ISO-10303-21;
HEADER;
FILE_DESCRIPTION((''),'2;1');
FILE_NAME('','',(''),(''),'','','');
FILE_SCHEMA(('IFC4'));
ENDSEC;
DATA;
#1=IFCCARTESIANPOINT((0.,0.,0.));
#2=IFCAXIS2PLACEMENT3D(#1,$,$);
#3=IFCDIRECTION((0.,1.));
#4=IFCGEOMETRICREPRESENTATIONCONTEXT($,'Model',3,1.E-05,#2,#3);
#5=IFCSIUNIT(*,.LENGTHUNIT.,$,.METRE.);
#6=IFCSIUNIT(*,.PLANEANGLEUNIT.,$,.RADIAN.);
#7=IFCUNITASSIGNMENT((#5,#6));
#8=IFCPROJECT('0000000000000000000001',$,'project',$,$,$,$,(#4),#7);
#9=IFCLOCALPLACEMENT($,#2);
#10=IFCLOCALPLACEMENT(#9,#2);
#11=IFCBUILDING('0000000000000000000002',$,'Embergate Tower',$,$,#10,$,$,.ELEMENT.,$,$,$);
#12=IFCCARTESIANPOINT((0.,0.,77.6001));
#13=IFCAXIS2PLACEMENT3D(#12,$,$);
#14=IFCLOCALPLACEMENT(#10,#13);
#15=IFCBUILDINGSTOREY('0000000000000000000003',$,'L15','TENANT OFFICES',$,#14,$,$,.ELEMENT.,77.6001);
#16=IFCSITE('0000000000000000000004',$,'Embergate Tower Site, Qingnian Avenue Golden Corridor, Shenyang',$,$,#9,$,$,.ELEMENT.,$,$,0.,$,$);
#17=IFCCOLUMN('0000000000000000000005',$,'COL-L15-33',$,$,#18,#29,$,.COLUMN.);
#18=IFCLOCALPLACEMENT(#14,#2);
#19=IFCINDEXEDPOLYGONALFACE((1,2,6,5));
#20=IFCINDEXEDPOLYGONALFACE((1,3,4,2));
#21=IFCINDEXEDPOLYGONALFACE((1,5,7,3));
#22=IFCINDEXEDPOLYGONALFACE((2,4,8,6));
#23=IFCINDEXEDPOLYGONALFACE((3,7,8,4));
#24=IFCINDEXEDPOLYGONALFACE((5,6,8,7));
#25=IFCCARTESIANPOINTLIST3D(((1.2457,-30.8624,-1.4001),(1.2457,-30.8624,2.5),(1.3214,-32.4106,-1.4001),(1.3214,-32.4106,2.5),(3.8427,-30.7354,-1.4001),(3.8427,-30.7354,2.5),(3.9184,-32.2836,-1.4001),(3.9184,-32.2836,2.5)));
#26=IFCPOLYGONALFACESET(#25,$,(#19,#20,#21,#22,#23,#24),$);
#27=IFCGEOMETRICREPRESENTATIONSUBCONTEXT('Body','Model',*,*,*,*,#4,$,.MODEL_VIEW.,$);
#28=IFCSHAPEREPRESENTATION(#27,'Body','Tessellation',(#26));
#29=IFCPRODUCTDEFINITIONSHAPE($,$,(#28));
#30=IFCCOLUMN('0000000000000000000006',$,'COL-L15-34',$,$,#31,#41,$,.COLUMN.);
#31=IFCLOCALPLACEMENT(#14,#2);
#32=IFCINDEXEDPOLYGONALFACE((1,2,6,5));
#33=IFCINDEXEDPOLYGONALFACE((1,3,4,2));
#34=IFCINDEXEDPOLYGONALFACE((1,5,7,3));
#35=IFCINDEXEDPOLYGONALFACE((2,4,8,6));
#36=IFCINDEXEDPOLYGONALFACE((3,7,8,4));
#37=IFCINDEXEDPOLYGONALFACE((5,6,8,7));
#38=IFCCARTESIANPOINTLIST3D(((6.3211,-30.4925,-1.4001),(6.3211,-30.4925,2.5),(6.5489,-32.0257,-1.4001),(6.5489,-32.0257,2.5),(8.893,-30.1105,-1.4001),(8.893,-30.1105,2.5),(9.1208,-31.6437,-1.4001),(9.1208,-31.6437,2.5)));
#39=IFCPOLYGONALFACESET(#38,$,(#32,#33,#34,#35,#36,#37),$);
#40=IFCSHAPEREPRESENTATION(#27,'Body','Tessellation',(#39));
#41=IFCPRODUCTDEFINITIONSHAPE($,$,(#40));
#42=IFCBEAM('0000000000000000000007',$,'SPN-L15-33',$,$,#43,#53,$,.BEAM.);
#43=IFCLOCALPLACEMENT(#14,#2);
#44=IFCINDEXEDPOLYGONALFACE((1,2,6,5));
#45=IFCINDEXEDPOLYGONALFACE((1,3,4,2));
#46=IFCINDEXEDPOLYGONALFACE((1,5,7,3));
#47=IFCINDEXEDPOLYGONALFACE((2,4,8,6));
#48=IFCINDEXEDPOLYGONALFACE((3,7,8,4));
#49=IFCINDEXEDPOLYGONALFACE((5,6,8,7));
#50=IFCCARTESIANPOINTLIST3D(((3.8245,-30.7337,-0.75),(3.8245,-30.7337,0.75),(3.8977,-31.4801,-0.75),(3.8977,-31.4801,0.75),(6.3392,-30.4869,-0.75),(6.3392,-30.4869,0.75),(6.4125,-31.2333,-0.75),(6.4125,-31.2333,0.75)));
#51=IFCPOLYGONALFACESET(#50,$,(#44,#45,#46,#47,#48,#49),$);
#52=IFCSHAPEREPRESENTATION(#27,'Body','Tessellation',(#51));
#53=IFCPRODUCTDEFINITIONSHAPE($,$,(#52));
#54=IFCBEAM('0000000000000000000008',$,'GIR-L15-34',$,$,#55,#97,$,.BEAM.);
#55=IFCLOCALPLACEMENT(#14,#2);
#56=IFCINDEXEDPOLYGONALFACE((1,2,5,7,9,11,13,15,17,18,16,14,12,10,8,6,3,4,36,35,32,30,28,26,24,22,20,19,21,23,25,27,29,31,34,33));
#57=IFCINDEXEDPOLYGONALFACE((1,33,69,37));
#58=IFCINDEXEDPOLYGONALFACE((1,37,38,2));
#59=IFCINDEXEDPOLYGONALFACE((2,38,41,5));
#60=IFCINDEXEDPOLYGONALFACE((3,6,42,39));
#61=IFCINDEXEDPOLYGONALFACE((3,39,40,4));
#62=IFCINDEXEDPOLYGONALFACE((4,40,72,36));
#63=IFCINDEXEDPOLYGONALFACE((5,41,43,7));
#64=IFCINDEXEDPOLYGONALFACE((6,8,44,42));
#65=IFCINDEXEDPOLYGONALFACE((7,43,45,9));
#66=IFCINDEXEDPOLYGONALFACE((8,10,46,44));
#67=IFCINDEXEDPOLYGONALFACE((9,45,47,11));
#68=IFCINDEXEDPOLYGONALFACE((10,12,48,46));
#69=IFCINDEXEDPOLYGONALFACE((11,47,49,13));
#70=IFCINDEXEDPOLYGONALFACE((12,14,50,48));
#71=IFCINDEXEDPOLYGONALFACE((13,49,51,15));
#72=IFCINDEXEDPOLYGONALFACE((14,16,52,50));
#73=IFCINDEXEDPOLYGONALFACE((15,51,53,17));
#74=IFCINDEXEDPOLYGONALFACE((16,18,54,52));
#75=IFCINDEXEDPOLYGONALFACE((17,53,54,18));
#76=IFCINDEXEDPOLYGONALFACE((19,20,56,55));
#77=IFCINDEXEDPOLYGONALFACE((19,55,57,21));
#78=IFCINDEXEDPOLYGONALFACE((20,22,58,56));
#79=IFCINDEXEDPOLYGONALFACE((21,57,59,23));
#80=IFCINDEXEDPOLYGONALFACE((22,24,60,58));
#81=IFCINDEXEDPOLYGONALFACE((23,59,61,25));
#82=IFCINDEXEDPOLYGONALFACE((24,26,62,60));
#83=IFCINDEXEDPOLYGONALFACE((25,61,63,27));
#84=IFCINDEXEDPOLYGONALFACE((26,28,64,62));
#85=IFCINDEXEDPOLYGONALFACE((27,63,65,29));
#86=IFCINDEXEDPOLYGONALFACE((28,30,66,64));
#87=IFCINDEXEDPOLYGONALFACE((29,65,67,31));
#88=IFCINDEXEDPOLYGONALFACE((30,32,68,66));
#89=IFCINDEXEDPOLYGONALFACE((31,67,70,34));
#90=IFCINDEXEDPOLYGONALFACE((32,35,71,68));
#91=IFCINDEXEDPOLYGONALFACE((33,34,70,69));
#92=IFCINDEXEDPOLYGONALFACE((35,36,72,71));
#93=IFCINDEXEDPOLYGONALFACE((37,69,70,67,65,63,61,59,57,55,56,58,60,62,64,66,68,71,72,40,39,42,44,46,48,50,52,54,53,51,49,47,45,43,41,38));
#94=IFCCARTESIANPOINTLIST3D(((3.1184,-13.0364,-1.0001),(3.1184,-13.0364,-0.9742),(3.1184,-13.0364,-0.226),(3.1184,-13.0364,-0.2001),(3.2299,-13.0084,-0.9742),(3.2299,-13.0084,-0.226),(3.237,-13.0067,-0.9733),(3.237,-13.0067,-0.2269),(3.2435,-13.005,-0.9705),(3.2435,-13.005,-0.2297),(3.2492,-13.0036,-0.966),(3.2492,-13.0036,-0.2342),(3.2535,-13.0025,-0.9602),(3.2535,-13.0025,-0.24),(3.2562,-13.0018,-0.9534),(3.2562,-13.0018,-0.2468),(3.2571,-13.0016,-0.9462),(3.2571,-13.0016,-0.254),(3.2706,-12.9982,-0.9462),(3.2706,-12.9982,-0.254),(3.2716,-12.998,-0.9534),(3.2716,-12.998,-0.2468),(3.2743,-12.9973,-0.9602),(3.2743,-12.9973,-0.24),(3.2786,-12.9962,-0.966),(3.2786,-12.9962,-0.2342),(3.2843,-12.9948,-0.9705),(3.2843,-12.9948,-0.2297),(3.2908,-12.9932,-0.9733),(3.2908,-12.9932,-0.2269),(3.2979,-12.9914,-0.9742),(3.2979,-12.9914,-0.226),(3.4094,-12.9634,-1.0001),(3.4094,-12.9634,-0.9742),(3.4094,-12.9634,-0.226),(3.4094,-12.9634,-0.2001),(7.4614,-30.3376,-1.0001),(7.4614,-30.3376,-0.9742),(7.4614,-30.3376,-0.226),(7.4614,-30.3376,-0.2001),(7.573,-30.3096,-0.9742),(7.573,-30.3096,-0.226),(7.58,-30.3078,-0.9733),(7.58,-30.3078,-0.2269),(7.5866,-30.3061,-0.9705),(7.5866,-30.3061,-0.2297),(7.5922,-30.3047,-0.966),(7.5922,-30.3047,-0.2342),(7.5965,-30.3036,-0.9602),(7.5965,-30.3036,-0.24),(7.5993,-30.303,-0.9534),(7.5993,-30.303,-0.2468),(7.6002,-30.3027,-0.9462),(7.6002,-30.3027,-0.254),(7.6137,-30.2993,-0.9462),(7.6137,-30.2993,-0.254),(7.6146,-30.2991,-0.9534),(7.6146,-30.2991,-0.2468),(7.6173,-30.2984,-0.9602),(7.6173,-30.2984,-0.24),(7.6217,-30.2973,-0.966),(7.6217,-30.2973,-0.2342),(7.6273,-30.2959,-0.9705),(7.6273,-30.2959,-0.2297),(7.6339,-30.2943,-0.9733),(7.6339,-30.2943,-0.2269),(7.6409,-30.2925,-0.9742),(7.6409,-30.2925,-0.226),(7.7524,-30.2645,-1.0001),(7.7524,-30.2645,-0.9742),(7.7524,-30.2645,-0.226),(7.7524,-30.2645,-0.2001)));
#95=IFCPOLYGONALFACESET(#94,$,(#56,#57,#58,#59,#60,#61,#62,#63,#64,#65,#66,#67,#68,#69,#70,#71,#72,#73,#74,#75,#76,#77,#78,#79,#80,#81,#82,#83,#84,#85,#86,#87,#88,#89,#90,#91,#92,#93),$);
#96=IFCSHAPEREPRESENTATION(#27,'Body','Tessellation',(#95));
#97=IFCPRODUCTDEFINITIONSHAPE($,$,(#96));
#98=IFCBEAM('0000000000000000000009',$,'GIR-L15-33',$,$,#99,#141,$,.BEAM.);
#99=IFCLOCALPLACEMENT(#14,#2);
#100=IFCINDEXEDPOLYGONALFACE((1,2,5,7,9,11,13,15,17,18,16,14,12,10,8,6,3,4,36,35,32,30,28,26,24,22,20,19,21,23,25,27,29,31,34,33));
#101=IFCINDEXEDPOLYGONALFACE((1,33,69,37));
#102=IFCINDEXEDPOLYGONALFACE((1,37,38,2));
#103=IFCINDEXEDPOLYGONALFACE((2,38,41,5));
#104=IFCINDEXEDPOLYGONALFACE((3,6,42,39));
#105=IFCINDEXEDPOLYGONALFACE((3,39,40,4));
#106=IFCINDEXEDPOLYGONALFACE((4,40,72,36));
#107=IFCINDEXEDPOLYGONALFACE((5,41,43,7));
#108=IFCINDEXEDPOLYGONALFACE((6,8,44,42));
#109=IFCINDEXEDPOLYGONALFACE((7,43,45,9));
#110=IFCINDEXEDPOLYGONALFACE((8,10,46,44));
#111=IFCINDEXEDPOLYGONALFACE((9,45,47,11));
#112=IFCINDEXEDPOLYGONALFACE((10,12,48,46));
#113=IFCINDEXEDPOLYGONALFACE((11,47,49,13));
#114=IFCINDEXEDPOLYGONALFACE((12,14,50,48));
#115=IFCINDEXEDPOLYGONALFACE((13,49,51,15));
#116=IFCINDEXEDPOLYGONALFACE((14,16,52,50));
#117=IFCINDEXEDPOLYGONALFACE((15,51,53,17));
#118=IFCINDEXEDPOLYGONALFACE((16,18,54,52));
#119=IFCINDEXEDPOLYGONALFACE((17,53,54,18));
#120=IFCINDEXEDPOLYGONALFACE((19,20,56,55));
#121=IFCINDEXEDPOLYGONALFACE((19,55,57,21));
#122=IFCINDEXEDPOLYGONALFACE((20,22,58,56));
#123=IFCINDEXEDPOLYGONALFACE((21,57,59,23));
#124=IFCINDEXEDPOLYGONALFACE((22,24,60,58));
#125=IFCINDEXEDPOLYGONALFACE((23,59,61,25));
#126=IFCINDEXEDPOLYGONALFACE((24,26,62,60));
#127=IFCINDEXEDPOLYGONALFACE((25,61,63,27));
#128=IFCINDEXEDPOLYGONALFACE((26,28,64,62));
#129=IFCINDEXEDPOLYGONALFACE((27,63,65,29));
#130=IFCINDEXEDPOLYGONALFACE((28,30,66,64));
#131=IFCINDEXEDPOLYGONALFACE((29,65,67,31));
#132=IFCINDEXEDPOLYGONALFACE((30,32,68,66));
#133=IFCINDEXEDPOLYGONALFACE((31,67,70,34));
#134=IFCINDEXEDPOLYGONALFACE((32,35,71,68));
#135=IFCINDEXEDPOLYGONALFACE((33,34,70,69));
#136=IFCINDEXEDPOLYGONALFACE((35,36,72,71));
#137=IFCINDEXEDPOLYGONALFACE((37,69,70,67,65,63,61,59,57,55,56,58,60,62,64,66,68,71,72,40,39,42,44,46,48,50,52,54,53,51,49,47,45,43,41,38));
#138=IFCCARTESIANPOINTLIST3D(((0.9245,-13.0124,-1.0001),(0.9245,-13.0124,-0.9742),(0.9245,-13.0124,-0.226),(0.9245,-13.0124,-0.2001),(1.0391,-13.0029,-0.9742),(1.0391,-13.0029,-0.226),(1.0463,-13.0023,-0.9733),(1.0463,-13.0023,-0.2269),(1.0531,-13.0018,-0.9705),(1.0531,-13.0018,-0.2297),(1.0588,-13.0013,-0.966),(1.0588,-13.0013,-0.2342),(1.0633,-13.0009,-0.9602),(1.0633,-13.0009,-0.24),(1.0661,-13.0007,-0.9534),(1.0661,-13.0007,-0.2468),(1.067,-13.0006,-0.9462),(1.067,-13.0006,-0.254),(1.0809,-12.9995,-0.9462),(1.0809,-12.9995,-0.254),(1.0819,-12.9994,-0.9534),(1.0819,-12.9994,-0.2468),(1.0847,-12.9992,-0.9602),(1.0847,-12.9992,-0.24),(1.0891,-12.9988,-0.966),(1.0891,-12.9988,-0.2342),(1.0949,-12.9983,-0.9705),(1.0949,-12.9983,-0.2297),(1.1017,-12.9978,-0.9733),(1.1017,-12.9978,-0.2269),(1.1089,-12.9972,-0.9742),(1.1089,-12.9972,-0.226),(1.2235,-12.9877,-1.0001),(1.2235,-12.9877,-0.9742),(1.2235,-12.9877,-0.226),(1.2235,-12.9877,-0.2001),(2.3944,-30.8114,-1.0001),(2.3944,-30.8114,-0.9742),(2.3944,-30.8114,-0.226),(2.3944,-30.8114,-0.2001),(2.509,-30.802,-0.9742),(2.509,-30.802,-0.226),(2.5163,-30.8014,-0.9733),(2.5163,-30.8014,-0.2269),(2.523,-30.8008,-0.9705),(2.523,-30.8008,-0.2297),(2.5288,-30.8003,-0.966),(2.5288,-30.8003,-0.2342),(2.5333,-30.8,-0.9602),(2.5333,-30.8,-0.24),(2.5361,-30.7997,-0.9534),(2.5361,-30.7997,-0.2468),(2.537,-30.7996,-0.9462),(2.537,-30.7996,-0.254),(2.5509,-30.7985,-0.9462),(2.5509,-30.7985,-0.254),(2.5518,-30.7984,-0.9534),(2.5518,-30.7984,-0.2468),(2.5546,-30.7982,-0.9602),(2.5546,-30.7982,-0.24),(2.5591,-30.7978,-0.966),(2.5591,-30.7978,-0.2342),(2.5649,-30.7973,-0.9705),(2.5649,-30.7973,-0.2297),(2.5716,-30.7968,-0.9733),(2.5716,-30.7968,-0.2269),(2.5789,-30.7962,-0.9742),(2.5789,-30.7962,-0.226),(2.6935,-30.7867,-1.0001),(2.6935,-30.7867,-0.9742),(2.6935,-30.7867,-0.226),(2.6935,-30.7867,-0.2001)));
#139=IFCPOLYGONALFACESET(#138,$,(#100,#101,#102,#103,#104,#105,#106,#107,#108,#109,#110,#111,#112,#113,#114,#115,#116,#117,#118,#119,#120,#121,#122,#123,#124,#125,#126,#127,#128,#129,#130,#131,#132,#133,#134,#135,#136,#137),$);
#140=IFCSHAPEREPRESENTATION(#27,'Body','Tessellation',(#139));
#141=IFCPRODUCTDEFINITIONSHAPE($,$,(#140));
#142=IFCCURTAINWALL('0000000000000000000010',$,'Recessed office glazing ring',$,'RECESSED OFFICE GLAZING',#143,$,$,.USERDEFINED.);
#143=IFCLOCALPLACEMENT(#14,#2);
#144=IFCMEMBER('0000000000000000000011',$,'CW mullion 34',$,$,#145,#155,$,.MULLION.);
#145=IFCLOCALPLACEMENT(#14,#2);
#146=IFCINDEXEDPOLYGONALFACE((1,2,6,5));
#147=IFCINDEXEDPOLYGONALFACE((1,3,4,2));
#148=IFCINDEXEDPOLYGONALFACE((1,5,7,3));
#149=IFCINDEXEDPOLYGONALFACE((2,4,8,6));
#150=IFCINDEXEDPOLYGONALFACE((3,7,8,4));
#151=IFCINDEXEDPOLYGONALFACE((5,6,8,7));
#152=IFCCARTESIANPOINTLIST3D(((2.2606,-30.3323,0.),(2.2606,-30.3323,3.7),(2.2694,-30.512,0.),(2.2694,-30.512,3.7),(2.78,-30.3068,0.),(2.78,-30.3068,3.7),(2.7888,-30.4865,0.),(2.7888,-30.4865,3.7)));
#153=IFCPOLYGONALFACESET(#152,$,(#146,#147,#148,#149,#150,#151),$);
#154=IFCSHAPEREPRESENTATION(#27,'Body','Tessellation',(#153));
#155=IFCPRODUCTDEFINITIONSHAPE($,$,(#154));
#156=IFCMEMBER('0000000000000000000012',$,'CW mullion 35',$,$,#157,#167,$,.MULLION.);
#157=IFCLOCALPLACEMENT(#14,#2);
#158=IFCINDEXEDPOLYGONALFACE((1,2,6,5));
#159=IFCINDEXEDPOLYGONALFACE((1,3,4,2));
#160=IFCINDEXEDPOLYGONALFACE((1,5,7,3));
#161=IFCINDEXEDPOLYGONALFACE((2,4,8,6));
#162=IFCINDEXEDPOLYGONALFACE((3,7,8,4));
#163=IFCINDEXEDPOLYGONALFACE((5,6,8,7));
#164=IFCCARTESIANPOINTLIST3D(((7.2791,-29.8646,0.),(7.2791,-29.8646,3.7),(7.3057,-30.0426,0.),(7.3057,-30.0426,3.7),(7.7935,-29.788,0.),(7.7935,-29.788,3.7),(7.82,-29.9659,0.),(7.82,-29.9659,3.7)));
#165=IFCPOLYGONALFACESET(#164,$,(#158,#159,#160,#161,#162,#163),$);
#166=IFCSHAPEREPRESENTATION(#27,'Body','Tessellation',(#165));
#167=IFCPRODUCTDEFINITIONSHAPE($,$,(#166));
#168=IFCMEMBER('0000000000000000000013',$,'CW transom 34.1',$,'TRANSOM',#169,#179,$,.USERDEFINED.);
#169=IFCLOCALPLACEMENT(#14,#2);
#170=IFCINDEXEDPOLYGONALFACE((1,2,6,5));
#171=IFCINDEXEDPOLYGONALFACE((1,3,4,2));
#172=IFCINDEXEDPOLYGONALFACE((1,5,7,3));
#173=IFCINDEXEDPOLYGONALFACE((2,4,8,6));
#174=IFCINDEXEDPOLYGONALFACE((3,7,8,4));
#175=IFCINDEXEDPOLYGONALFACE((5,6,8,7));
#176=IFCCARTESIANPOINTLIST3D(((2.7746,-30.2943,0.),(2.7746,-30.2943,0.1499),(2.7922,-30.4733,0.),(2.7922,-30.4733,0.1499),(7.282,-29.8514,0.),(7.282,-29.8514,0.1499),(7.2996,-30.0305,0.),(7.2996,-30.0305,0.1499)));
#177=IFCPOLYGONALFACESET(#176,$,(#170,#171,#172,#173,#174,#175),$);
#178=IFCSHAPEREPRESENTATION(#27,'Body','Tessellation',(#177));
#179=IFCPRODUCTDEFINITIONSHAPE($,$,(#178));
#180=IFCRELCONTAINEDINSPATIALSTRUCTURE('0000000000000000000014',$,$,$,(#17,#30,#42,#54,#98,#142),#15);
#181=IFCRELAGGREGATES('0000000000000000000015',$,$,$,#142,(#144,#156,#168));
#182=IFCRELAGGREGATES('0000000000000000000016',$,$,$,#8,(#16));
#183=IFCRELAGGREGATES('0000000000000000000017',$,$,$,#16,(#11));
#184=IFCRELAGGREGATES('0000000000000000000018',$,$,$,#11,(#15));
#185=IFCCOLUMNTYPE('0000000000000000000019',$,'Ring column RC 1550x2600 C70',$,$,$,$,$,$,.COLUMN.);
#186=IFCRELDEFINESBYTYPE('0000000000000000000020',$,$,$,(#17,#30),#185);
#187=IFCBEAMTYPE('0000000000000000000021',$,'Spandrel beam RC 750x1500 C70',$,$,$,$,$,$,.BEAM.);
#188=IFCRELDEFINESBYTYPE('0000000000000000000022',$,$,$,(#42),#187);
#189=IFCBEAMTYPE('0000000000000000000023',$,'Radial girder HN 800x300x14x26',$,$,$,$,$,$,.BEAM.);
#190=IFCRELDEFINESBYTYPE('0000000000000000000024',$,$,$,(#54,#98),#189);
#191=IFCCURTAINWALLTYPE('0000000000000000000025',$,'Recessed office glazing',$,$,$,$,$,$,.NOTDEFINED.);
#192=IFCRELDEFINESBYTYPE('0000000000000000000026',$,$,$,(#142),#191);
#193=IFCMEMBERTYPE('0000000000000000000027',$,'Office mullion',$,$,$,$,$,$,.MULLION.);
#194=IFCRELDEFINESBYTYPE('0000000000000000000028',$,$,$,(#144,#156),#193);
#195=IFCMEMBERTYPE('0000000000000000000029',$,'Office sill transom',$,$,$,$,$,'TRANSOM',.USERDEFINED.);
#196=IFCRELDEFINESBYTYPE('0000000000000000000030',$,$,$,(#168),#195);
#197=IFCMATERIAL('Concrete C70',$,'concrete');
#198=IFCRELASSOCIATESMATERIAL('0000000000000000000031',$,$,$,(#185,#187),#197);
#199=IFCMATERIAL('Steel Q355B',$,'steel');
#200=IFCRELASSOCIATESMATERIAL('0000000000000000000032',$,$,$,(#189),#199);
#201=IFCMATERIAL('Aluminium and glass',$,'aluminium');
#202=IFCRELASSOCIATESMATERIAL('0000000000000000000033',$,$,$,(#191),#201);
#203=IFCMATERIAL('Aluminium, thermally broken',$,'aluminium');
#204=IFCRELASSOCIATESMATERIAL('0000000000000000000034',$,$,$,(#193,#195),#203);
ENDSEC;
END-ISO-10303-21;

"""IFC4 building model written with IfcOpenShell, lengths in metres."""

from ifc_helpers import new_model, si_unit, direction, frame, origin, origin_2d, place, context, subcontext, project, spatial, rectangle, i_section, extrude, source, transform, mapped, material, material_profile, profile_set, type_object, element, aggregate, save


model = new_model("IFC4")

# Units and contexts
model_context = context("Model", 3, precision=1e-05, world=origin(), true_north=direction((0.0, 1.0)))
body_context = subcontext(model_context, "Body", "Model", "MODEL_VIEW")
ifc_project = project(units=[si_unit("LENGTHUNIT", "METRE"), si_unit("PLANEANGLEUNIT", "RADIAN")], contexts=[model_context])

# Site, building, storey
site_placement = place(None, origin())
site = spatial("IfcSite", under=ifc_project, at=site_placement, Name="Embergate Tower Site, Qingnian Avenue Golden Corridor, Shenyang", CompositionType="ELEMENT", RefElevation=0.0)
building_placement = place(site_placement, origin())
building = spatial("IfcBuilding", under=site, at=building_placement, Name="Embergate Tower", CompositionType="ELEMENT")
storey_placement = place(building_placement, frame((0.0, 0.0, 77.6001)))
storey = spatial("IfcBuildingStorey", under=building, at=storey_placement, Name="L15", Description="TENANT OFFICES", CompositionType="ELEMENT", Elevation=77.6001)

# Columns
ifc_material_1 = material(Name="Concrete C70", Category="concrete")
ifc_material_profile_1 = material_profile(ifc_material_1, rectangle(XDim=1.55, YDim=2.6001, at=origin_2d()), Name="RC 1550x2600")
ifc_profile_set_1 = profile_set([ifc_material_profile_1], Name="Concrete C70")
column_type = type_object("IfcColumnType", Name="Ring column RC 1550x2600 C70", PredefinedType="COLUMN", material=ifc_profile_set_1)
shared_shape_1 = source(origin(), body_context, "Body", "SweptSolid", [
    extrude(rectangle(XDim=1.55, YDim=2.6001, at=origin_2d()), origin(), (0.0, 0.0, 1.0), 3.9001),
])
for number, where, z_axis, x_axis, name in (
    (1, (2.582, -31.573, -1.4001), (0.0, 0.0, 1.0), (0.048815, -0.998808, 0.0), "COL-L15-33"),
    (2, (7.7209, -31.0681, -1.4001), (0.0, 0.0, 1.0), (0.146929, -0.989147, 0.0), "COL-L15-34"),
):
    element("IfcColumn", number, at=place(storey_placement, frame(where, z_axis=z_axis, x_axis=x_axis)), inside=storey, type_object=column_type, Name=name, PredefinedType="COLUMN", context=body_context, shape_type="MappedRepresentation", body=[
        mapped(shared_shape_1, transform((0.0, 0.0, 0.0))),
    ])

# Beams
ifc_material_profile_2 = material_profile(ifc_material_1, rectangle(XDim=0.75, YDim=1.5, at=origin_2d()), Name="RC 750x1500")
ifc_profile_set_2 = profile_set([ifc_material_profile_2], Name="Concrete C70")
beam_type_1 = type_object("IfcBeamType", Name="Spandrel beam RC 750x1500 C70", PredefinedType="BEAM", material=ifc_profile_set_2)
shared_shape_2 = source(origin(), body_context, "Body", "SweptSolid", [
    extrude(rectangle(XDim=0.75, YDim=1.5, at=origin_2d()), origin(), (0.0, 0.0, 1.0), 2.5269),
])
beam_1_placement = place(storey_placement, frame((3.8611, -31.1069, 0.0), z_axis=(0.995218, 0.097676, 0.0), x_axis=(-0.097676, 0.995218, 0.0)))
element("IfcBeam", 3, at=beam_1_placement, inside=storey, type_object=beam_type_1, Name="SPN-L15-33", PredefinedType="BEAM", context=body_context, shape_type="MappedRepresentation", body=[
    mapped(shared_shape_2, transform((0.0, 0.0, 0.0))),
])
ifc_material_2 = material(Name="Steel Q355B", Category="steel")
ifc_material_profile_3 = material_profile(ifc_material_2, i_section(OverallWidth=0.3, OverallDepth=0.8, WebThickness=0.0139, FlangeThickness=0.0259, FilletRadius=0.0281, at=origin_2d()), Name="HN 800x300x14x26")
ifc_profile_set_3 = profile_set([ifc_material_profile_3], Name="Steel Q355 grade B")
beam_type_2 = type_object("IfcBeamType", Name="Radial girder HN 800x300x14x26", PredefinedType="BEAM", material=ifc_profile_set_3)
shared_shape_3 = source(origin(), body_context, "Body", "SweptSolid", [
    extrude(i_section(OverallWidth=0.3, OverallDepth=0.8, WebThickness=0.0139, FlangeThickness=0.0259, FilletRadius=0.0281, at=origin_2d()), origin(), (0.0, 0.0, 1.0), 17.8379),
])
beam_2_placement = place(storey_placement, frame((7.6069, -30.301, -0.6001), z_axis=(-0.243473, 0.969908, 0.0), x_axis=(-0.969908, -0.243473, 0.0)))
element("IfcBeam", 4, at=beam_2_placement, inside=storey, type_object=beam_type_2, Name="GIR-L15-34", PredefinedType="BEAM", context=body_context, shape_type="MappedRepresentation", body=[
    mapped(shared_shape_3, transform((0.0, 0.0, 0.0))),
])
shared_shape_4 = source(origin(), body_context, "Body", "SweptSolid", [
    extrude(i_section(OverallWidth=0.3, OverallDepth=0.8, WebThickness=0.0139, FlangeThickness=0.0259, FilletRadius=0.0281, at=origin_2d()), origin(), (0.0, 0.0, 1.0), 17.8596),
])
beam_3_placement = place(storey_placement, frame((2.5439, -30.7991, -0.6001), z_axis=(-0.082307, 0.996607, 0.0), x_axis=(-0.996607, -0.082307, 0.0)))
element("IfcBeam", 5, at=beam_3_placement, inside=storey, type_object=beam_type_2, Name="GIR-L15-33", PredefinedType="BEAM", context=body_context, shape_type="MappedRepresentation", body=[
    mapped(shared_shape_4, transform((0.0, 0.0, 0.0))),
])

# Curtain wall, members
ifc_material_3 = material(Name="Aluminium and glass", Category="aluminium")
curtain_wall_type = type_object("IfcCurtainWallType", Name="Recessed office glazing", PredefinedType="NOTDEFINED", material=ifc_material_3)
curtain_wall_placement = place(storey_placement, origin())
curtain_wall = element("IfcCurtainWall", 6, at=curtain_wall_placement, inside=storey, type_object=curtain_wall_type, Name="Recessed office glazing ring", ObjectType="RECESSED OFFICE GLAZING", PredefinedType="USERDEFINED")
ifc_material_4 = material(Name="Aluminium, thermally broken", Category="aluminium")
ifc_material_profile_4 = material_profile(ifc_material_4, rectangle(XDim=0.1799, YDim=0.52, at=origin_2d()), Name="AL 520x180")
ifc_profile_set_4 = profile_set([ifc_material_profile_4], Name="Aluminium, thermally broken")
member_type_1 = type_object("IfcMemberType", Name="Office mullion", PredefinedType="MULLION", material=ifc_profile_set_4)
shared_shape_5 = source(origin(), body_context, "Body", "SweptSolid", [
    extrude(rectangle(XDim=0.1799, YDim=0.52, at=origin_2d()), origin(), (0.0, 0.0, 1.0), 3.7),
])
member_1_placement = place(storey_placement, frame((2.5247, -30.4094, 0.0), z_axis=(0.0, 0.0, 1.0), x_axis=(-0.048972, 0.9988, 0.0)))
member_1 = element("IfcMember", 7, at=member_1_placement, type_object=member_type_1, Name="CW mullion 34", PredefinedType="MULLION", context=body_context, shape_type="MappedRepresentation", body=[
    mapped(shared_shape_5, transform((0.0, 0.0, 0.0))),
])
member_2_placement = place(storey_placement, frame((7.5496, -29.9153, 0.0), z_axis=(0.0, 0.0, 1.0), x_axis=(-0.147414, 0.989075, 0.0)))
member_2 = element("IfcMember", 8, at=member_2_placement, type_object=member_type_1, Name="CW mullion 35", PredefinedType="MULLION", context=body_context, shape_type="MappedRepresentation", body=[
    mapped(shared_shape_5, transform((0.0, 0.0, 0.0))),
])
ifc_material_profile_5 = material_profile(ifc_material_4, rectangle(XDim=0.1799, YDim=0.1499, at=origin_2d()), Name="AL 150x180")
ifc_profile_set_5 = profile_set([ifc_material_profile_5], Name="Aluminium, thermally broken")
member_type_2 = type_object("IfcMemberType", Name="Office sill transom", ElementType="TRANSOM", PredefinedType="USERDEFINED", material=ifc_profile_set_5)
shared_shape_6 = source(origin(), body_context, "Body", "SweptSolid", [
    extrude(rectangle(XDim=0.1799, YDim=0.1499, at=origin_2d()), origin(), (0.0, 0.0, 1.0), 4.5291),
])
member_3_placement = place(storey_placement, frame((2.7834, -30.3838, 0.075), z_axis=(0.995208, 0.097785, 0.0), x_axis=(-0.097785, 0.995208, 0.0)))
member_3 = element("IfcMember", 9, at=member_3_placement, type_object=member_type_2, Name="CW transom 34.1", ObjectType="TRANSOM", PredefinedType="USERDEFINED", context=body_context, shape_type="MappedRepresentation", body=[
    mapped(shared_shape_6, transform((0.0, 0.0, 0.0))),
])
aggregate(curtain_wall, [member_1, member_2, member_3])

save(model, "model.ifc")
